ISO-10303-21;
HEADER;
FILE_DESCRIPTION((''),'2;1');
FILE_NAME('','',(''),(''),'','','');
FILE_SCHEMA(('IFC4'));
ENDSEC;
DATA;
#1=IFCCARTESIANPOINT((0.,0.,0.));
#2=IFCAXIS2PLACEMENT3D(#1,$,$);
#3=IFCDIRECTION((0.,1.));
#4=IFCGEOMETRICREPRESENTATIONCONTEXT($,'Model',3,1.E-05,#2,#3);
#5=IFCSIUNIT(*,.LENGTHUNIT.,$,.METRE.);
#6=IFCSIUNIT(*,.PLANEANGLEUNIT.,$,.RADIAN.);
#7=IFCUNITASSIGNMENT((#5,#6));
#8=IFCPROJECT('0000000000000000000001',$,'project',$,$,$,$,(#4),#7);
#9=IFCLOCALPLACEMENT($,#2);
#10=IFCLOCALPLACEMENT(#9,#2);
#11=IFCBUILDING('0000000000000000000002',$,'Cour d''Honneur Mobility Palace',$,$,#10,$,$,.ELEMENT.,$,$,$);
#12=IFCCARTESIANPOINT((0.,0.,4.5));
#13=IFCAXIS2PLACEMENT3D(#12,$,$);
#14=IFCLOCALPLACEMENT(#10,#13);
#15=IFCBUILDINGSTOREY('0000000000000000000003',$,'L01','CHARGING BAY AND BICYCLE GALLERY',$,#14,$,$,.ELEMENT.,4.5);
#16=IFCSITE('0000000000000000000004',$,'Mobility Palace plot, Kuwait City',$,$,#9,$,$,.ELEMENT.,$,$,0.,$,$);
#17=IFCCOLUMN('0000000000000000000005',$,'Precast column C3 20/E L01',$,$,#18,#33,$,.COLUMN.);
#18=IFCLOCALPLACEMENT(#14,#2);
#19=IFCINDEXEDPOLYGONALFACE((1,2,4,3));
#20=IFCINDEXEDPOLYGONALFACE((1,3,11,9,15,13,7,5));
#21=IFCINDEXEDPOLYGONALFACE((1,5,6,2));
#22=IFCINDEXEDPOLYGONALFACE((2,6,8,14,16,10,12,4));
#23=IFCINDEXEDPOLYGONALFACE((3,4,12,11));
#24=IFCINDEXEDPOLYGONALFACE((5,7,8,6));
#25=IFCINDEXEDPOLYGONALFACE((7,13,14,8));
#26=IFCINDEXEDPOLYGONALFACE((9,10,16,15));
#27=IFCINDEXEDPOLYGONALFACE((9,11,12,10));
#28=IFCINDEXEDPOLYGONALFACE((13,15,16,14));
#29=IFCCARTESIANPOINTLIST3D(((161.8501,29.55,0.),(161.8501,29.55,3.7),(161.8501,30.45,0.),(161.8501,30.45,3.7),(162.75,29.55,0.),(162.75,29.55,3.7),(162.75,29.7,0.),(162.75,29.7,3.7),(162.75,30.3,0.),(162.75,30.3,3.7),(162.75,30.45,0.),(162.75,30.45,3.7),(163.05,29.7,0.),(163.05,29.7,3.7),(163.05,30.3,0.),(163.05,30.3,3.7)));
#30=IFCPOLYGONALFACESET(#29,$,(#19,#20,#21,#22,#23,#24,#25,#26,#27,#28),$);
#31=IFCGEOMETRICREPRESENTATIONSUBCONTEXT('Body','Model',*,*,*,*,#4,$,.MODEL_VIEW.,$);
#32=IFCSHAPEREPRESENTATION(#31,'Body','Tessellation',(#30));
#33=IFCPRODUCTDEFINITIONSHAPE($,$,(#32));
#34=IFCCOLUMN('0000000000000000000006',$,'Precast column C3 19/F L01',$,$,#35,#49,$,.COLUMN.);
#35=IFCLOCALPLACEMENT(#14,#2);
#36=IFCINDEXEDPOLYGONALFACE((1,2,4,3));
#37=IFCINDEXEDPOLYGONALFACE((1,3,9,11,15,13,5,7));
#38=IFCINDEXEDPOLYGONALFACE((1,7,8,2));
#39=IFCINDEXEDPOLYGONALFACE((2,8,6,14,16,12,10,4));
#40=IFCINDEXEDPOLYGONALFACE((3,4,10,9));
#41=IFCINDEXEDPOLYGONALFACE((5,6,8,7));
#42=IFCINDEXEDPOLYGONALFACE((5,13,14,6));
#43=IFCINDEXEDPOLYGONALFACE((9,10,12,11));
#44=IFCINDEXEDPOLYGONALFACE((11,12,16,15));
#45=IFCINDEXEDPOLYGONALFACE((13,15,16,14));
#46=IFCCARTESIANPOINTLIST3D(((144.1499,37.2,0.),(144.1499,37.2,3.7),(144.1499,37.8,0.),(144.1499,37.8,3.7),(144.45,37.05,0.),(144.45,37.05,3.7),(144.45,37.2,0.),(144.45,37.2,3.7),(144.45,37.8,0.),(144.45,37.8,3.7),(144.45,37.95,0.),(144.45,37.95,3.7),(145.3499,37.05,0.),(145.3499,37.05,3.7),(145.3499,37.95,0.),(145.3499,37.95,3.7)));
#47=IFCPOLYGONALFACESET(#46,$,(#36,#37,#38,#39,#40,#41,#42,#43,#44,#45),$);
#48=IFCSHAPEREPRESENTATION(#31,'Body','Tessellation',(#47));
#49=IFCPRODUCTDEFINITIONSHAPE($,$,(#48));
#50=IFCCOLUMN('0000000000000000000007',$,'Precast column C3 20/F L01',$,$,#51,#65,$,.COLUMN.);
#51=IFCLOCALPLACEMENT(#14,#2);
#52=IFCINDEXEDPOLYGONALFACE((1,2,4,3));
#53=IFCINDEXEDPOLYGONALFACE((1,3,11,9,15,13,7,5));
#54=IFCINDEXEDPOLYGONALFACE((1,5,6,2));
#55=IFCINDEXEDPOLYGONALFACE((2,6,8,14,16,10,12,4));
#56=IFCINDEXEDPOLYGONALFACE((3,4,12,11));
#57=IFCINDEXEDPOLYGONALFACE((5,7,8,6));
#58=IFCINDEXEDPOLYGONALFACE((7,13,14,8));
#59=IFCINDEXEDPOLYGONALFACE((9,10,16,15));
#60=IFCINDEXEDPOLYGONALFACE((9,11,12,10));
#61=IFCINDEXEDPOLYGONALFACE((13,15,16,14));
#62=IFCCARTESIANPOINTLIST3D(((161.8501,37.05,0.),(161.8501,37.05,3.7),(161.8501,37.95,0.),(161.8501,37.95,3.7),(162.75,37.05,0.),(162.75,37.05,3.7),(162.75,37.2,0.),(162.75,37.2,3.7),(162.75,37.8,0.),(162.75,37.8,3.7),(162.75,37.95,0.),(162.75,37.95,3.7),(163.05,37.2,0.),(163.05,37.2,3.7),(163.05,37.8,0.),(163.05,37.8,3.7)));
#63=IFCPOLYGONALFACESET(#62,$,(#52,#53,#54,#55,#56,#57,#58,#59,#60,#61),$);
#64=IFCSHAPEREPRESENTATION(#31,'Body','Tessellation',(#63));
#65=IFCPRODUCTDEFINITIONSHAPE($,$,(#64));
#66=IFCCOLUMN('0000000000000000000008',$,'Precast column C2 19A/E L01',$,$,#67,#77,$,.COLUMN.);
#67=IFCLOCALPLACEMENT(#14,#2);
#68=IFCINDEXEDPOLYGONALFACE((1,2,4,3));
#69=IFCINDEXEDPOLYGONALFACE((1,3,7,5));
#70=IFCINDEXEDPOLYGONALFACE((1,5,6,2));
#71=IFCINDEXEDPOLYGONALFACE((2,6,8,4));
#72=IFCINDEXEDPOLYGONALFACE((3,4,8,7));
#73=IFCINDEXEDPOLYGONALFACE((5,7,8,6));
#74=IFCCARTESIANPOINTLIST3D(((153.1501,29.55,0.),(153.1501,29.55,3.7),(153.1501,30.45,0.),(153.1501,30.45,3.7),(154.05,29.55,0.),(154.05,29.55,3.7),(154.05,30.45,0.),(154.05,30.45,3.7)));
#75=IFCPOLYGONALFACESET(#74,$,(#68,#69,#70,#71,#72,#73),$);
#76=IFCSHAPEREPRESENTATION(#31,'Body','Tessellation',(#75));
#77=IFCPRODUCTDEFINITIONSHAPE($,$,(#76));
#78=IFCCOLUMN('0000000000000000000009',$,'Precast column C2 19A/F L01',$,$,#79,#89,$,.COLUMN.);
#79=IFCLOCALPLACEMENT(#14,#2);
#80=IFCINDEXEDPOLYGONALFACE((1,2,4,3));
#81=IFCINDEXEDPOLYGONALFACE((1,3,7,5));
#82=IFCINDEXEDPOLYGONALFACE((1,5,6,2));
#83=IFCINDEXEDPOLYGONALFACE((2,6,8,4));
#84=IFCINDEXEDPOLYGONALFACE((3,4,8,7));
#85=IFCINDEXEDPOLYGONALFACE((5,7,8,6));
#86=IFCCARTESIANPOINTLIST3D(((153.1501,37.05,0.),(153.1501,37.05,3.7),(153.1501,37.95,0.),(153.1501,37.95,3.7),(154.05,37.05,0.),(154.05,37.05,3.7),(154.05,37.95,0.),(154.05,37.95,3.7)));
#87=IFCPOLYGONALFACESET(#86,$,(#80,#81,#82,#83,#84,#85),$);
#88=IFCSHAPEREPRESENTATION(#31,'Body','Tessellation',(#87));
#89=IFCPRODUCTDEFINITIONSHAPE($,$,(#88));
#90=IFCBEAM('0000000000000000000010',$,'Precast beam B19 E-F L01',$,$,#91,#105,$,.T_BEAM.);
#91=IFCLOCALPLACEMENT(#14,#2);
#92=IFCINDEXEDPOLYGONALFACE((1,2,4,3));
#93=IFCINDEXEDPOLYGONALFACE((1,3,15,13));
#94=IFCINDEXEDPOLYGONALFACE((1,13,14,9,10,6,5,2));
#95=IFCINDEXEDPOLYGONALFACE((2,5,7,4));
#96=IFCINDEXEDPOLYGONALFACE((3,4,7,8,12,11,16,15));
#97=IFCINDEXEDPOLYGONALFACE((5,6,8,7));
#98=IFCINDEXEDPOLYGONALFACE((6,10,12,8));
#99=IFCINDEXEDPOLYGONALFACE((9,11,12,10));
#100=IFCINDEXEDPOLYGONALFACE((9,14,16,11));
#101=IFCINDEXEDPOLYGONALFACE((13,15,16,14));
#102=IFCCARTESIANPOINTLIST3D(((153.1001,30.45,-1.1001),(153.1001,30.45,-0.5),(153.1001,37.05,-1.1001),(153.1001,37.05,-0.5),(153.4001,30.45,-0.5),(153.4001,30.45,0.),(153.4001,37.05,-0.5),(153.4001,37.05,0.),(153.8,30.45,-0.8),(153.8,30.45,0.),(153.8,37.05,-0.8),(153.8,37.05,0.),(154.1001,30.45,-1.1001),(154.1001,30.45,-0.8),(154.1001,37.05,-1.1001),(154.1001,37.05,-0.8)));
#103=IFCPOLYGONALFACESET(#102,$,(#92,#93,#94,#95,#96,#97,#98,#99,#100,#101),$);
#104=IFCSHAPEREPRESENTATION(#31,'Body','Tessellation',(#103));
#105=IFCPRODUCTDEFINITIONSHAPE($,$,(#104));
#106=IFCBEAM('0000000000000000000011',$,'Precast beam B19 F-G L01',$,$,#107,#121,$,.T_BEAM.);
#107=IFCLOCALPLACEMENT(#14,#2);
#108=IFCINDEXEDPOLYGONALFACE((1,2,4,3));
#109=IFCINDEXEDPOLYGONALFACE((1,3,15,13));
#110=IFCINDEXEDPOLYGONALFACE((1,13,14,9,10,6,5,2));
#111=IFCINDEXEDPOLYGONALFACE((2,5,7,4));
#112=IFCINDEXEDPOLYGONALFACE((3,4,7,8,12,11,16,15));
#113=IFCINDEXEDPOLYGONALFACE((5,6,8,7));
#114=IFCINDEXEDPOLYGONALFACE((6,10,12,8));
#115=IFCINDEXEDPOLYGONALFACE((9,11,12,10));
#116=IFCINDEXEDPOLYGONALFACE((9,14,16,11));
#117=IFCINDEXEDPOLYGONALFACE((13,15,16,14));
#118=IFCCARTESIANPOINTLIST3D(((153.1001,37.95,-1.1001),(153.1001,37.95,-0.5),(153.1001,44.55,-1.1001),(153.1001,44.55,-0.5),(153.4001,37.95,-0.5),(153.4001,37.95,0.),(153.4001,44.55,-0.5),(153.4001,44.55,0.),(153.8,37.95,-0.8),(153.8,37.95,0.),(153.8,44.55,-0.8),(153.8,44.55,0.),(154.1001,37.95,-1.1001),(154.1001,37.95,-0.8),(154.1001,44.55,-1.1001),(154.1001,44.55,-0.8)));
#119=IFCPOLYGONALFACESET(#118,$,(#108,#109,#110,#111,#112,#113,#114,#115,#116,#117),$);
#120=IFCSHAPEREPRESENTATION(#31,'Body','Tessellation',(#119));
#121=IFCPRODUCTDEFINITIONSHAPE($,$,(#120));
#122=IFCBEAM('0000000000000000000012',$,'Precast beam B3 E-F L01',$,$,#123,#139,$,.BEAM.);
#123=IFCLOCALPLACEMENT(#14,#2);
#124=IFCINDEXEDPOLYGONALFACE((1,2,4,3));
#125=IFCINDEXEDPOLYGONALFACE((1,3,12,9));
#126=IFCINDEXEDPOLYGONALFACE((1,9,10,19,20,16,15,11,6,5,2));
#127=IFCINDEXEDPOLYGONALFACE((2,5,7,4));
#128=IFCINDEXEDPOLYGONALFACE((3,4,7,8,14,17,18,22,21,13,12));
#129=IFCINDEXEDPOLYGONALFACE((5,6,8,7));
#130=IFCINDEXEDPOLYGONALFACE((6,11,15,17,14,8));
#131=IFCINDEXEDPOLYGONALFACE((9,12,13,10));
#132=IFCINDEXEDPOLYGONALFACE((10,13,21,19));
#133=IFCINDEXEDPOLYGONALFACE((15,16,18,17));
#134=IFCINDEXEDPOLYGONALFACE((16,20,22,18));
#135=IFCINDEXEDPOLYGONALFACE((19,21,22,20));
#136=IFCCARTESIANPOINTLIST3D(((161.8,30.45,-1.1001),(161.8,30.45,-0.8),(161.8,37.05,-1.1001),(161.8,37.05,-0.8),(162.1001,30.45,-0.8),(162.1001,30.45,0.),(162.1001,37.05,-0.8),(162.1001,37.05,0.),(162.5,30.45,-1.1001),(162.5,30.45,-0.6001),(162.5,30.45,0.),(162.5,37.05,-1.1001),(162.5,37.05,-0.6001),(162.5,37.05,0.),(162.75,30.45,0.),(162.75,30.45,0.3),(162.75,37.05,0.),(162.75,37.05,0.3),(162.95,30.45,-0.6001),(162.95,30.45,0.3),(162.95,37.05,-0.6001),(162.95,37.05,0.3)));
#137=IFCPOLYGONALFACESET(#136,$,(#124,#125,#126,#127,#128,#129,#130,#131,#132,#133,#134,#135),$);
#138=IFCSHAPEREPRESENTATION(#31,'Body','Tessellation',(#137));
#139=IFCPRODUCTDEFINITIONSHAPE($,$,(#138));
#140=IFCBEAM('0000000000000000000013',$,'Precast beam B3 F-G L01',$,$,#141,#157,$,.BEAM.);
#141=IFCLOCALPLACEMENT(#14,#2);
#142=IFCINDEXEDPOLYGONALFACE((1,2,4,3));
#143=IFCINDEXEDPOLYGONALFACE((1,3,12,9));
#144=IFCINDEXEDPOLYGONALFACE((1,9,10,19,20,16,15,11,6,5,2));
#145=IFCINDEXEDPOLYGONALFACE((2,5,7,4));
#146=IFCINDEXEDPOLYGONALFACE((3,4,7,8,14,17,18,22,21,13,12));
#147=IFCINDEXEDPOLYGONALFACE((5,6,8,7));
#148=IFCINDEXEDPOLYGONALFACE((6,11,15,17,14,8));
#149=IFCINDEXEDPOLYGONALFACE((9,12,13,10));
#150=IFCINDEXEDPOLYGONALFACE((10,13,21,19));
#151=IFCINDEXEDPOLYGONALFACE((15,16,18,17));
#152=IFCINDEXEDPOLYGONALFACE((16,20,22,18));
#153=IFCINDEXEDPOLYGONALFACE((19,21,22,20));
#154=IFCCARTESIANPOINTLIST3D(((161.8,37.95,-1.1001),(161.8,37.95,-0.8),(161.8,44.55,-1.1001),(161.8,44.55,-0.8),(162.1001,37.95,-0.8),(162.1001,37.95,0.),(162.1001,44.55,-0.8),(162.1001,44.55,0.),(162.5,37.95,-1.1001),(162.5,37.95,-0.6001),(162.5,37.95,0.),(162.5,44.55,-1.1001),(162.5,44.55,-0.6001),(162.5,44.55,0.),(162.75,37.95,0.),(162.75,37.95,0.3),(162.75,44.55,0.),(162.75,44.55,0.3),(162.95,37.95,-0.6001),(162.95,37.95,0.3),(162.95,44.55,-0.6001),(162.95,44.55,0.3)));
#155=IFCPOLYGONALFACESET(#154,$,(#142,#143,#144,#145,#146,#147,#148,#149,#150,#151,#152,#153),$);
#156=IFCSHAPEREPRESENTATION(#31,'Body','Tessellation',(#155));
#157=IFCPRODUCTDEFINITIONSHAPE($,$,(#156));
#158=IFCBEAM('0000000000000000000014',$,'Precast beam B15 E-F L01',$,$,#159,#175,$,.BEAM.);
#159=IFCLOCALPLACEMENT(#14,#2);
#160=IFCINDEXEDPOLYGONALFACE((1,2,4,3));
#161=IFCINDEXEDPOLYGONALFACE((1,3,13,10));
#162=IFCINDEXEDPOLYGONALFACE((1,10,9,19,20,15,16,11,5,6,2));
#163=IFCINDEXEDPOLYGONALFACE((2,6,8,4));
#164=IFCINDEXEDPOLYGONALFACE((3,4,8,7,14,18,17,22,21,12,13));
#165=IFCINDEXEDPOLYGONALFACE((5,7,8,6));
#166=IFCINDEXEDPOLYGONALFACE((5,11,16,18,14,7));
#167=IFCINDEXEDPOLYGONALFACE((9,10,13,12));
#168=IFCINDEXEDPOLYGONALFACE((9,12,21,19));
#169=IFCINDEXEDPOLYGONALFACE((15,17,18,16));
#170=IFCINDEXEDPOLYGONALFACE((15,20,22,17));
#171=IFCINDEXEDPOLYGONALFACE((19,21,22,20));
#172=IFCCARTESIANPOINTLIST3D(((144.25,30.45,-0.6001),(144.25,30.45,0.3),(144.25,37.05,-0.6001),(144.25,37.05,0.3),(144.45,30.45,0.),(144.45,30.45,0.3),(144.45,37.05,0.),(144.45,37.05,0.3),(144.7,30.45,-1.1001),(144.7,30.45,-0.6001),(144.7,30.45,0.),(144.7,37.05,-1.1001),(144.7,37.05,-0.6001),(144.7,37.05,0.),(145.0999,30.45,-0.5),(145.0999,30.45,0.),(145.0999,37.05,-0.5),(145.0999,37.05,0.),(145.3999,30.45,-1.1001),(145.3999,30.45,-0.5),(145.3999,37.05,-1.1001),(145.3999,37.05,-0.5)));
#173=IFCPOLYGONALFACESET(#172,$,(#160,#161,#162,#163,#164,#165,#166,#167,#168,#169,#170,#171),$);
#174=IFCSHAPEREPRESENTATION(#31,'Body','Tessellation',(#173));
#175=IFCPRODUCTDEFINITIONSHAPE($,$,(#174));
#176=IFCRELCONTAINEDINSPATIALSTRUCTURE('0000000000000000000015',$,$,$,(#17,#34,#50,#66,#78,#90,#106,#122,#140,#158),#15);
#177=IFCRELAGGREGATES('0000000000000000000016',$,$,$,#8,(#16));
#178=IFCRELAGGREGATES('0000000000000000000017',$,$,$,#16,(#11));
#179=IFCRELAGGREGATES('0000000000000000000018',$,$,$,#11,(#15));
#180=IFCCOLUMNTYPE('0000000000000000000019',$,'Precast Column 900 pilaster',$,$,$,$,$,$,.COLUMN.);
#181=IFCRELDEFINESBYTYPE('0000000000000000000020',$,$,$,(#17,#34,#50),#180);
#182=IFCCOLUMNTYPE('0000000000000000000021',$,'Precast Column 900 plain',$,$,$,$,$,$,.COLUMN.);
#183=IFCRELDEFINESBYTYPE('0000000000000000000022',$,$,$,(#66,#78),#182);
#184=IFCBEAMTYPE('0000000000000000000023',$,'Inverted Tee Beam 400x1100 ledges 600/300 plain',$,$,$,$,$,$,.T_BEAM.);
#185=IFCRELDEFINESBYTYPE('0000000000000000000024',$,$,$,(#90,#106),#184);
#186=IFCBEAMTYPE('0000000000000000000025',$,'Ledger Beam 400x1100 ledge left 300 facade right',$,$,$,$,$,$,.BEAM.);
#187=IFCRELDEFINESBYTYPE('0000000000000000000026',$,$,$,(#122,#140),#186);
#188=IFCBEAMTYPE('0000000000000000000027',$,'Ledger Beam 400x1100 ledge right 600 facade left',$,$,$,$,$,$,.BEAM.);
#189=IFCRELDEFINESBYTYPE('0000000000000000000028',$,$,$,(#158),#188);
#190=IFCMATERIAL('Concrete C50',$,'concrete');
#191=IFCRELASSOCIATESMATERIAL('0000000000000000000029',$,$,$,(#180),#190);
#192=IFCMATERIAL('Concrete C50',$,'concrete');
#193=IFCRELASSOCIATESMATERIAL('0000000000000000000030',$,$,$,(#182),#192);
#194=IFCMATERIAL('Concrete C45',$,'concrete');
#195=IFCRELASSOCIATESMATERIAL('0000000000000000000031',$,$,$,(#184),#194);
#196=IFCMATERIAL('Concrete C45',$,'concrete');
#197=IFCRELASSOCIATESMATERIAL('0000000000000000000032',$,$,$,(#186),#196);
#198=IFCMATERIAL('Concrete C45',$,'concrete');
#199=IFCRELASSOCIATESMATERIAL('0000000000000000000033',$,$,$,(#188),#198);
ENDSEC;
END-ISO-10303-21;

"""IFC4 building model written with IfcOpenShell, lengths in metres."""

from ifc_helpers import new_model, si_unit, direction, frame, origin, place, context, subcontext, project, spatial, polyline, outline, extrude, material, material_profile, profile_set, type_object, element, save


model = new_model("IFC4")

# Units and contexts
model_context = context("Model", 3, precision=1e-05, world=origin(), true_north=direction((0.0, 1.0)))
body_context = subcontext(model_context, "Body", "Model", "MODEL_VIEW")
ifc_project = project(units=[si_unit("LENGTHUNIT", "METRE"), si_unit("PLANEANGLEUNIT", "RADIAN")], contexts=[model_context])

# Site, building, storey
site_placement = place(None, origin())
site = spatial("IfcSite", under=ifc_project, at=site_placement, Name="Mobility Palace plot, Kuwait City", CompositionType="ELEMENT", RefElevation=0.0)
building_placement = place(site_placement, origin())
building = spatial("IfcBuilding", under=site, at=building_placement, Name="Cour d'Honneur Mobility Palace", CompositionType="ELEMENT")
storey_placement = place(building_placement, frame((0.0, 0.0, 4.5)))
storey = spatial("IfcBuildingStorey", under=building, at=storey_placement, Name="L01", Description="CHARGING BAY AND BICYCLE GALLERY", CompositionType="ELEMENT", Elevation=4.5)

# Columns
ifc_material_1 = material(Name="Concrete C50", Category="concrete")
ifc_material_profile_1 = material_profile(ifc_material_1, outline(polyline([(-0.45, -0.45), (0.45, -0.45), (0.45, -0.3), (0.75, -0.3), (0.75, 0.3), (0.45, 0.3), (0.45, 0.45), (-0.45, 0.45), (-0.45, -0.45)])), Name="PC C900 pilaster")
ifc_profile_set_1 = profile_set([ifc_material_profile_1], Name="Concrete C50")
column_type_1 = type_object("IfcColumnType", Name="Precast Column 900 pilaster", PredefinedType="COLUMN", material=ifc_profile_set_1)
for number, where, z_axis, x_axis, name in (
    (1, (162.3, 30.0, 0.0), (0.0, 0.0, 1.0), (1.0, 0.0, 0.0), "Precast column C3 20/E L01"),
    (2, (144.8999, 37.5, 0.0), (0.0, 0.0, 1.0), (-1.0, 0.0, 0.0), "Precast column C3 19/F L01"),
    (3, (162.3, 37.5, 0.0), (0.0, 0.0, 1.0), (1.0, 0.0, 0.0), "Precast column C3 20/F L01"),
):
    element("IfcColumn", number, at=place(storey_placement, frame(where, z_axis=z_axis, x_axis=x_axis)), inside=storey, type_object=column_type_1, Name=name, PredefinedType="COLUMN", context=body_context, shape_type="SweptSolid", body=[
        extrude(outline(polyline([(-0.45, -0.45), (0.45, -0.45), (0.45, -0.3), (0.75, -0.3), (0.75, 0.3), (0.45, 0.3), (0.45, 0.45), (-0.45, 0.45), (-0.45, -0.45)])), origin(), (0.0, 0.0, 1.0), 3.7),
    ])
ifc_material_2 = material(Name="Concrete C50", Category="concrete")
ifc_material_profile_2 = material_profile(ifc_material_2, outline(polyline([(-0.45, -0.45), (0.45, -0.45), (0.45, 0.45), (-0.45, 0.45), (-0.45, -0.45)])), Name="PC C900 plain")
ifc_profile_set_2 = profile_set([ifc_material_profile_2], Name="Concrete C50")
column_type_2 = type_object("IfcColumnType", Name="Precast Column 900 plain", PredefinedType="COLUMN", material=ifc_profile_set_2)
for number, where, z_axis, x_axis, name in (
    (4, (153.6001, 30.0, 0.0), (0.0, 0.0, 1.0), (1.0, 0.0, 0.0), "Precast column C2 19A/E L01"),
    (5, (153.6001, 37.5, 0.0), (0.0, 0.0, 1.0), (1.0, 0.0, 0.0), "Precast column C2 19A/F L01"),
):
    element("IfcColumn", number, at=place(storey_placement, frame(where, z_axis=z_axis, x_axis=x_axis)), inside=storey, type_object=column_type_2, Name=name, PredefinedType="COLUMN", context=body_context, shape_type="SweptSolid", body=[
        extrude(outline(polyline([(-0.45, -0.45), (0.45, -0.45), (0.45, 0.45), (-0.45, 0.45), (-0.45, -0.45)])), origin(), (0.0, 0.0, 1.0), 3.7),
    ])

# Beams
ifc_material_3 = material(Name="Concrete C45", Category="concrete")
ifc_material_profile_3 = material_profile(ifc_material_3, outline(polyline([(0.5, -1.1001), (0.5, -0.5), (0.2, -0.5), (0.2, 0.0), (-0.2, 0.0), (-0.2, -0.8), (-0.5, -0.8), (-0.5, -1.1001), (0.5, -1.1001)])), Name="Inverted Tee Beam 400x1100 ledges 600/300 plain")
ifc_profile_set_3 = profile_set([ifc_material_profile_3], Name="Concrete C45")
beam_type_1 = type_object("IfcBeamType", Name="Inverted Tee Beam 400x1100 ledges 600/300 plain", PredefinedType="T_BEAM", material=ifc_profile_set_3)
for number, where, z_axis, x_axis, name in (
    (6, (153.6001, 30.45, 0.0), (0.0, 1.0, 0.0), (-1.0, 0.0, 0.0), "Precast beam B19 E-F L01"),
    (7, (153.6001, 37.95, 0.0), (0.0, 1.0, 0.0), (-1.0, 0.0, 0.0), "Precast beam B19 F-G L01"),
):
    element("IfcBeam", number, at=place(storey_placement, frame(where, z_axis=z_axis, x_axis=x_axis)), inside=storey, type_object=beam_type_1, Name=name, PredefinedType="T_BEAM", context=body_context, shape_type="SweptSolid", body=[
        extrude(outline(polyline([(0.5, -1.1001), (0.5, -0.5), (0.2, -0.5), (0.2, 0.0), (-0.2, 0.0), (-0.2, -0.8), (-0.5, -0.8), (-0.5, -1.1001), (0.5, -1.1001)])), origin(), (0.0, 0.0, 1.0), 6.6001),
    ])
ifc_material_4 = material(Name="Concrete C45", Category="concrete")
ifc_material_profile_4 = material_profile(ifc_material_4, outline(polyline([(0.5, -1.1001), (0.5, -0.8), (0.2, -0.8), (0.2, 0.0), (-0.2, 0.0), (-0.45, 0.0), (-0.45, 0.3), (-0.6499, 0.3), (-0.6499, -0.6001), (-0.2, -0.6001), (-0.2, -1.1001), (0.5, -1.1001)])), Name="Ledger Beam 400x1100 ledge left 300 facade right")
ifc_profile_set_4 = profile_set([ifc_material_profile_4], Name="Concrete C45")
beam_type_2 = type_object("IfcBeamType", Name="Ledger Beam 400x1100 ledge left 300 facade right", PredefinedType="BEAM", material=ifc_profile_set_4)
for number, where, z_axis, x_axis, name in (
    (8, (162.3, 30.45, 0.0), (0.0, 1.0, 0.0), (-1.0, 0.0, 0.0), "Precast beam B3 E-F L01"),
    (9, (162.3, 37.95, 0.0), (0.0, 1.0, 0.0), (-1.0, 0.0, 0.0), "Precast beam B3 F-G L01"),
):
    element("IfcBeam", number, at=place(storey_placement, frame(where, z_axis=z_axis, x_axis=x_axis)), inside=storey, type_object=beam_type_2, Name=name, PredefinedType="BEAM", context=body_context, shape_type="SweptSolid", body=[
        extrude(outline(polyline([(0.5, -1.1001), (0.5, -0.8), (0.2, -0.8), (0.2, 0.0), (-0.2, 0.0), (-0.45, 0.0), (-0.45, 0.3), (-0.6499, 0.3), (-0.6499, -0.6001), (-0.2, -0.6001), (-0.2, -1.1001), (0.5, -1.1001)])), origin(), (0.0, 0.0, 1.0), 6.6001),
    ])
ifc_material_5 = material(Name="Concrete C45", Category="concrete")
ifc_material_profile_5 = material_profile(ifc_material_5, outline(polyline([(0.2, -1.1001), (0.2, -0.6001), (0.6499, -0.6001), (0.6499, 0.3), (0.45, 0.3), (0.45, 0.0), (0.2, 0.0), (-0.2, 0.0), (-0.2, -0.5), (-0.5, -0.5), (-0.5, -1.1001), (0.2, -1.1001)])), Name="Ledger Beam 400x1100 ledge right 600 facade left")
ifc_profile_set_5 = profile_set([ifc_material_profile_5], Name="Concrete C45")
beam_type_3 = type_object("IfcBeamType", Name="Ledger Beam 400x1100 ledge right 600 facade left", PredefinedType="BEAM", material=ifc_profile_set_5)
beam_1_placement = place(storey_placement, frame((144.8999, 30.45, 0.0), z_axis=(0.0, 1.0, 0.0), x_axis=(-1.0, 0.0, 0.0)))
element("IfcBeam", 10, at=beam_1_placement, inside=storey, type_object=beam_type_3, Name="Precast beam B15 E-F L01", PredefinedType="BEAM", context=body_context, shape_type="SweptSolid", body=[
    extrude(outline(polyline([(0.2, -1.1001), (0.2, -0.6001), (0.6499, -0.6001), (0.6499, 0.3), (0.45, 0.3), (0.45, 0.0), (0.2, 0.0), (-0.2, 0.0), (-0.2, -0.5), (-0.5, -0.5), (-0.5, -1.1001), (0.2, -1.1001)])), origin(), (0.0, 0.0, 1.0), 6.6001),
])

save(model, "model.ifc")
